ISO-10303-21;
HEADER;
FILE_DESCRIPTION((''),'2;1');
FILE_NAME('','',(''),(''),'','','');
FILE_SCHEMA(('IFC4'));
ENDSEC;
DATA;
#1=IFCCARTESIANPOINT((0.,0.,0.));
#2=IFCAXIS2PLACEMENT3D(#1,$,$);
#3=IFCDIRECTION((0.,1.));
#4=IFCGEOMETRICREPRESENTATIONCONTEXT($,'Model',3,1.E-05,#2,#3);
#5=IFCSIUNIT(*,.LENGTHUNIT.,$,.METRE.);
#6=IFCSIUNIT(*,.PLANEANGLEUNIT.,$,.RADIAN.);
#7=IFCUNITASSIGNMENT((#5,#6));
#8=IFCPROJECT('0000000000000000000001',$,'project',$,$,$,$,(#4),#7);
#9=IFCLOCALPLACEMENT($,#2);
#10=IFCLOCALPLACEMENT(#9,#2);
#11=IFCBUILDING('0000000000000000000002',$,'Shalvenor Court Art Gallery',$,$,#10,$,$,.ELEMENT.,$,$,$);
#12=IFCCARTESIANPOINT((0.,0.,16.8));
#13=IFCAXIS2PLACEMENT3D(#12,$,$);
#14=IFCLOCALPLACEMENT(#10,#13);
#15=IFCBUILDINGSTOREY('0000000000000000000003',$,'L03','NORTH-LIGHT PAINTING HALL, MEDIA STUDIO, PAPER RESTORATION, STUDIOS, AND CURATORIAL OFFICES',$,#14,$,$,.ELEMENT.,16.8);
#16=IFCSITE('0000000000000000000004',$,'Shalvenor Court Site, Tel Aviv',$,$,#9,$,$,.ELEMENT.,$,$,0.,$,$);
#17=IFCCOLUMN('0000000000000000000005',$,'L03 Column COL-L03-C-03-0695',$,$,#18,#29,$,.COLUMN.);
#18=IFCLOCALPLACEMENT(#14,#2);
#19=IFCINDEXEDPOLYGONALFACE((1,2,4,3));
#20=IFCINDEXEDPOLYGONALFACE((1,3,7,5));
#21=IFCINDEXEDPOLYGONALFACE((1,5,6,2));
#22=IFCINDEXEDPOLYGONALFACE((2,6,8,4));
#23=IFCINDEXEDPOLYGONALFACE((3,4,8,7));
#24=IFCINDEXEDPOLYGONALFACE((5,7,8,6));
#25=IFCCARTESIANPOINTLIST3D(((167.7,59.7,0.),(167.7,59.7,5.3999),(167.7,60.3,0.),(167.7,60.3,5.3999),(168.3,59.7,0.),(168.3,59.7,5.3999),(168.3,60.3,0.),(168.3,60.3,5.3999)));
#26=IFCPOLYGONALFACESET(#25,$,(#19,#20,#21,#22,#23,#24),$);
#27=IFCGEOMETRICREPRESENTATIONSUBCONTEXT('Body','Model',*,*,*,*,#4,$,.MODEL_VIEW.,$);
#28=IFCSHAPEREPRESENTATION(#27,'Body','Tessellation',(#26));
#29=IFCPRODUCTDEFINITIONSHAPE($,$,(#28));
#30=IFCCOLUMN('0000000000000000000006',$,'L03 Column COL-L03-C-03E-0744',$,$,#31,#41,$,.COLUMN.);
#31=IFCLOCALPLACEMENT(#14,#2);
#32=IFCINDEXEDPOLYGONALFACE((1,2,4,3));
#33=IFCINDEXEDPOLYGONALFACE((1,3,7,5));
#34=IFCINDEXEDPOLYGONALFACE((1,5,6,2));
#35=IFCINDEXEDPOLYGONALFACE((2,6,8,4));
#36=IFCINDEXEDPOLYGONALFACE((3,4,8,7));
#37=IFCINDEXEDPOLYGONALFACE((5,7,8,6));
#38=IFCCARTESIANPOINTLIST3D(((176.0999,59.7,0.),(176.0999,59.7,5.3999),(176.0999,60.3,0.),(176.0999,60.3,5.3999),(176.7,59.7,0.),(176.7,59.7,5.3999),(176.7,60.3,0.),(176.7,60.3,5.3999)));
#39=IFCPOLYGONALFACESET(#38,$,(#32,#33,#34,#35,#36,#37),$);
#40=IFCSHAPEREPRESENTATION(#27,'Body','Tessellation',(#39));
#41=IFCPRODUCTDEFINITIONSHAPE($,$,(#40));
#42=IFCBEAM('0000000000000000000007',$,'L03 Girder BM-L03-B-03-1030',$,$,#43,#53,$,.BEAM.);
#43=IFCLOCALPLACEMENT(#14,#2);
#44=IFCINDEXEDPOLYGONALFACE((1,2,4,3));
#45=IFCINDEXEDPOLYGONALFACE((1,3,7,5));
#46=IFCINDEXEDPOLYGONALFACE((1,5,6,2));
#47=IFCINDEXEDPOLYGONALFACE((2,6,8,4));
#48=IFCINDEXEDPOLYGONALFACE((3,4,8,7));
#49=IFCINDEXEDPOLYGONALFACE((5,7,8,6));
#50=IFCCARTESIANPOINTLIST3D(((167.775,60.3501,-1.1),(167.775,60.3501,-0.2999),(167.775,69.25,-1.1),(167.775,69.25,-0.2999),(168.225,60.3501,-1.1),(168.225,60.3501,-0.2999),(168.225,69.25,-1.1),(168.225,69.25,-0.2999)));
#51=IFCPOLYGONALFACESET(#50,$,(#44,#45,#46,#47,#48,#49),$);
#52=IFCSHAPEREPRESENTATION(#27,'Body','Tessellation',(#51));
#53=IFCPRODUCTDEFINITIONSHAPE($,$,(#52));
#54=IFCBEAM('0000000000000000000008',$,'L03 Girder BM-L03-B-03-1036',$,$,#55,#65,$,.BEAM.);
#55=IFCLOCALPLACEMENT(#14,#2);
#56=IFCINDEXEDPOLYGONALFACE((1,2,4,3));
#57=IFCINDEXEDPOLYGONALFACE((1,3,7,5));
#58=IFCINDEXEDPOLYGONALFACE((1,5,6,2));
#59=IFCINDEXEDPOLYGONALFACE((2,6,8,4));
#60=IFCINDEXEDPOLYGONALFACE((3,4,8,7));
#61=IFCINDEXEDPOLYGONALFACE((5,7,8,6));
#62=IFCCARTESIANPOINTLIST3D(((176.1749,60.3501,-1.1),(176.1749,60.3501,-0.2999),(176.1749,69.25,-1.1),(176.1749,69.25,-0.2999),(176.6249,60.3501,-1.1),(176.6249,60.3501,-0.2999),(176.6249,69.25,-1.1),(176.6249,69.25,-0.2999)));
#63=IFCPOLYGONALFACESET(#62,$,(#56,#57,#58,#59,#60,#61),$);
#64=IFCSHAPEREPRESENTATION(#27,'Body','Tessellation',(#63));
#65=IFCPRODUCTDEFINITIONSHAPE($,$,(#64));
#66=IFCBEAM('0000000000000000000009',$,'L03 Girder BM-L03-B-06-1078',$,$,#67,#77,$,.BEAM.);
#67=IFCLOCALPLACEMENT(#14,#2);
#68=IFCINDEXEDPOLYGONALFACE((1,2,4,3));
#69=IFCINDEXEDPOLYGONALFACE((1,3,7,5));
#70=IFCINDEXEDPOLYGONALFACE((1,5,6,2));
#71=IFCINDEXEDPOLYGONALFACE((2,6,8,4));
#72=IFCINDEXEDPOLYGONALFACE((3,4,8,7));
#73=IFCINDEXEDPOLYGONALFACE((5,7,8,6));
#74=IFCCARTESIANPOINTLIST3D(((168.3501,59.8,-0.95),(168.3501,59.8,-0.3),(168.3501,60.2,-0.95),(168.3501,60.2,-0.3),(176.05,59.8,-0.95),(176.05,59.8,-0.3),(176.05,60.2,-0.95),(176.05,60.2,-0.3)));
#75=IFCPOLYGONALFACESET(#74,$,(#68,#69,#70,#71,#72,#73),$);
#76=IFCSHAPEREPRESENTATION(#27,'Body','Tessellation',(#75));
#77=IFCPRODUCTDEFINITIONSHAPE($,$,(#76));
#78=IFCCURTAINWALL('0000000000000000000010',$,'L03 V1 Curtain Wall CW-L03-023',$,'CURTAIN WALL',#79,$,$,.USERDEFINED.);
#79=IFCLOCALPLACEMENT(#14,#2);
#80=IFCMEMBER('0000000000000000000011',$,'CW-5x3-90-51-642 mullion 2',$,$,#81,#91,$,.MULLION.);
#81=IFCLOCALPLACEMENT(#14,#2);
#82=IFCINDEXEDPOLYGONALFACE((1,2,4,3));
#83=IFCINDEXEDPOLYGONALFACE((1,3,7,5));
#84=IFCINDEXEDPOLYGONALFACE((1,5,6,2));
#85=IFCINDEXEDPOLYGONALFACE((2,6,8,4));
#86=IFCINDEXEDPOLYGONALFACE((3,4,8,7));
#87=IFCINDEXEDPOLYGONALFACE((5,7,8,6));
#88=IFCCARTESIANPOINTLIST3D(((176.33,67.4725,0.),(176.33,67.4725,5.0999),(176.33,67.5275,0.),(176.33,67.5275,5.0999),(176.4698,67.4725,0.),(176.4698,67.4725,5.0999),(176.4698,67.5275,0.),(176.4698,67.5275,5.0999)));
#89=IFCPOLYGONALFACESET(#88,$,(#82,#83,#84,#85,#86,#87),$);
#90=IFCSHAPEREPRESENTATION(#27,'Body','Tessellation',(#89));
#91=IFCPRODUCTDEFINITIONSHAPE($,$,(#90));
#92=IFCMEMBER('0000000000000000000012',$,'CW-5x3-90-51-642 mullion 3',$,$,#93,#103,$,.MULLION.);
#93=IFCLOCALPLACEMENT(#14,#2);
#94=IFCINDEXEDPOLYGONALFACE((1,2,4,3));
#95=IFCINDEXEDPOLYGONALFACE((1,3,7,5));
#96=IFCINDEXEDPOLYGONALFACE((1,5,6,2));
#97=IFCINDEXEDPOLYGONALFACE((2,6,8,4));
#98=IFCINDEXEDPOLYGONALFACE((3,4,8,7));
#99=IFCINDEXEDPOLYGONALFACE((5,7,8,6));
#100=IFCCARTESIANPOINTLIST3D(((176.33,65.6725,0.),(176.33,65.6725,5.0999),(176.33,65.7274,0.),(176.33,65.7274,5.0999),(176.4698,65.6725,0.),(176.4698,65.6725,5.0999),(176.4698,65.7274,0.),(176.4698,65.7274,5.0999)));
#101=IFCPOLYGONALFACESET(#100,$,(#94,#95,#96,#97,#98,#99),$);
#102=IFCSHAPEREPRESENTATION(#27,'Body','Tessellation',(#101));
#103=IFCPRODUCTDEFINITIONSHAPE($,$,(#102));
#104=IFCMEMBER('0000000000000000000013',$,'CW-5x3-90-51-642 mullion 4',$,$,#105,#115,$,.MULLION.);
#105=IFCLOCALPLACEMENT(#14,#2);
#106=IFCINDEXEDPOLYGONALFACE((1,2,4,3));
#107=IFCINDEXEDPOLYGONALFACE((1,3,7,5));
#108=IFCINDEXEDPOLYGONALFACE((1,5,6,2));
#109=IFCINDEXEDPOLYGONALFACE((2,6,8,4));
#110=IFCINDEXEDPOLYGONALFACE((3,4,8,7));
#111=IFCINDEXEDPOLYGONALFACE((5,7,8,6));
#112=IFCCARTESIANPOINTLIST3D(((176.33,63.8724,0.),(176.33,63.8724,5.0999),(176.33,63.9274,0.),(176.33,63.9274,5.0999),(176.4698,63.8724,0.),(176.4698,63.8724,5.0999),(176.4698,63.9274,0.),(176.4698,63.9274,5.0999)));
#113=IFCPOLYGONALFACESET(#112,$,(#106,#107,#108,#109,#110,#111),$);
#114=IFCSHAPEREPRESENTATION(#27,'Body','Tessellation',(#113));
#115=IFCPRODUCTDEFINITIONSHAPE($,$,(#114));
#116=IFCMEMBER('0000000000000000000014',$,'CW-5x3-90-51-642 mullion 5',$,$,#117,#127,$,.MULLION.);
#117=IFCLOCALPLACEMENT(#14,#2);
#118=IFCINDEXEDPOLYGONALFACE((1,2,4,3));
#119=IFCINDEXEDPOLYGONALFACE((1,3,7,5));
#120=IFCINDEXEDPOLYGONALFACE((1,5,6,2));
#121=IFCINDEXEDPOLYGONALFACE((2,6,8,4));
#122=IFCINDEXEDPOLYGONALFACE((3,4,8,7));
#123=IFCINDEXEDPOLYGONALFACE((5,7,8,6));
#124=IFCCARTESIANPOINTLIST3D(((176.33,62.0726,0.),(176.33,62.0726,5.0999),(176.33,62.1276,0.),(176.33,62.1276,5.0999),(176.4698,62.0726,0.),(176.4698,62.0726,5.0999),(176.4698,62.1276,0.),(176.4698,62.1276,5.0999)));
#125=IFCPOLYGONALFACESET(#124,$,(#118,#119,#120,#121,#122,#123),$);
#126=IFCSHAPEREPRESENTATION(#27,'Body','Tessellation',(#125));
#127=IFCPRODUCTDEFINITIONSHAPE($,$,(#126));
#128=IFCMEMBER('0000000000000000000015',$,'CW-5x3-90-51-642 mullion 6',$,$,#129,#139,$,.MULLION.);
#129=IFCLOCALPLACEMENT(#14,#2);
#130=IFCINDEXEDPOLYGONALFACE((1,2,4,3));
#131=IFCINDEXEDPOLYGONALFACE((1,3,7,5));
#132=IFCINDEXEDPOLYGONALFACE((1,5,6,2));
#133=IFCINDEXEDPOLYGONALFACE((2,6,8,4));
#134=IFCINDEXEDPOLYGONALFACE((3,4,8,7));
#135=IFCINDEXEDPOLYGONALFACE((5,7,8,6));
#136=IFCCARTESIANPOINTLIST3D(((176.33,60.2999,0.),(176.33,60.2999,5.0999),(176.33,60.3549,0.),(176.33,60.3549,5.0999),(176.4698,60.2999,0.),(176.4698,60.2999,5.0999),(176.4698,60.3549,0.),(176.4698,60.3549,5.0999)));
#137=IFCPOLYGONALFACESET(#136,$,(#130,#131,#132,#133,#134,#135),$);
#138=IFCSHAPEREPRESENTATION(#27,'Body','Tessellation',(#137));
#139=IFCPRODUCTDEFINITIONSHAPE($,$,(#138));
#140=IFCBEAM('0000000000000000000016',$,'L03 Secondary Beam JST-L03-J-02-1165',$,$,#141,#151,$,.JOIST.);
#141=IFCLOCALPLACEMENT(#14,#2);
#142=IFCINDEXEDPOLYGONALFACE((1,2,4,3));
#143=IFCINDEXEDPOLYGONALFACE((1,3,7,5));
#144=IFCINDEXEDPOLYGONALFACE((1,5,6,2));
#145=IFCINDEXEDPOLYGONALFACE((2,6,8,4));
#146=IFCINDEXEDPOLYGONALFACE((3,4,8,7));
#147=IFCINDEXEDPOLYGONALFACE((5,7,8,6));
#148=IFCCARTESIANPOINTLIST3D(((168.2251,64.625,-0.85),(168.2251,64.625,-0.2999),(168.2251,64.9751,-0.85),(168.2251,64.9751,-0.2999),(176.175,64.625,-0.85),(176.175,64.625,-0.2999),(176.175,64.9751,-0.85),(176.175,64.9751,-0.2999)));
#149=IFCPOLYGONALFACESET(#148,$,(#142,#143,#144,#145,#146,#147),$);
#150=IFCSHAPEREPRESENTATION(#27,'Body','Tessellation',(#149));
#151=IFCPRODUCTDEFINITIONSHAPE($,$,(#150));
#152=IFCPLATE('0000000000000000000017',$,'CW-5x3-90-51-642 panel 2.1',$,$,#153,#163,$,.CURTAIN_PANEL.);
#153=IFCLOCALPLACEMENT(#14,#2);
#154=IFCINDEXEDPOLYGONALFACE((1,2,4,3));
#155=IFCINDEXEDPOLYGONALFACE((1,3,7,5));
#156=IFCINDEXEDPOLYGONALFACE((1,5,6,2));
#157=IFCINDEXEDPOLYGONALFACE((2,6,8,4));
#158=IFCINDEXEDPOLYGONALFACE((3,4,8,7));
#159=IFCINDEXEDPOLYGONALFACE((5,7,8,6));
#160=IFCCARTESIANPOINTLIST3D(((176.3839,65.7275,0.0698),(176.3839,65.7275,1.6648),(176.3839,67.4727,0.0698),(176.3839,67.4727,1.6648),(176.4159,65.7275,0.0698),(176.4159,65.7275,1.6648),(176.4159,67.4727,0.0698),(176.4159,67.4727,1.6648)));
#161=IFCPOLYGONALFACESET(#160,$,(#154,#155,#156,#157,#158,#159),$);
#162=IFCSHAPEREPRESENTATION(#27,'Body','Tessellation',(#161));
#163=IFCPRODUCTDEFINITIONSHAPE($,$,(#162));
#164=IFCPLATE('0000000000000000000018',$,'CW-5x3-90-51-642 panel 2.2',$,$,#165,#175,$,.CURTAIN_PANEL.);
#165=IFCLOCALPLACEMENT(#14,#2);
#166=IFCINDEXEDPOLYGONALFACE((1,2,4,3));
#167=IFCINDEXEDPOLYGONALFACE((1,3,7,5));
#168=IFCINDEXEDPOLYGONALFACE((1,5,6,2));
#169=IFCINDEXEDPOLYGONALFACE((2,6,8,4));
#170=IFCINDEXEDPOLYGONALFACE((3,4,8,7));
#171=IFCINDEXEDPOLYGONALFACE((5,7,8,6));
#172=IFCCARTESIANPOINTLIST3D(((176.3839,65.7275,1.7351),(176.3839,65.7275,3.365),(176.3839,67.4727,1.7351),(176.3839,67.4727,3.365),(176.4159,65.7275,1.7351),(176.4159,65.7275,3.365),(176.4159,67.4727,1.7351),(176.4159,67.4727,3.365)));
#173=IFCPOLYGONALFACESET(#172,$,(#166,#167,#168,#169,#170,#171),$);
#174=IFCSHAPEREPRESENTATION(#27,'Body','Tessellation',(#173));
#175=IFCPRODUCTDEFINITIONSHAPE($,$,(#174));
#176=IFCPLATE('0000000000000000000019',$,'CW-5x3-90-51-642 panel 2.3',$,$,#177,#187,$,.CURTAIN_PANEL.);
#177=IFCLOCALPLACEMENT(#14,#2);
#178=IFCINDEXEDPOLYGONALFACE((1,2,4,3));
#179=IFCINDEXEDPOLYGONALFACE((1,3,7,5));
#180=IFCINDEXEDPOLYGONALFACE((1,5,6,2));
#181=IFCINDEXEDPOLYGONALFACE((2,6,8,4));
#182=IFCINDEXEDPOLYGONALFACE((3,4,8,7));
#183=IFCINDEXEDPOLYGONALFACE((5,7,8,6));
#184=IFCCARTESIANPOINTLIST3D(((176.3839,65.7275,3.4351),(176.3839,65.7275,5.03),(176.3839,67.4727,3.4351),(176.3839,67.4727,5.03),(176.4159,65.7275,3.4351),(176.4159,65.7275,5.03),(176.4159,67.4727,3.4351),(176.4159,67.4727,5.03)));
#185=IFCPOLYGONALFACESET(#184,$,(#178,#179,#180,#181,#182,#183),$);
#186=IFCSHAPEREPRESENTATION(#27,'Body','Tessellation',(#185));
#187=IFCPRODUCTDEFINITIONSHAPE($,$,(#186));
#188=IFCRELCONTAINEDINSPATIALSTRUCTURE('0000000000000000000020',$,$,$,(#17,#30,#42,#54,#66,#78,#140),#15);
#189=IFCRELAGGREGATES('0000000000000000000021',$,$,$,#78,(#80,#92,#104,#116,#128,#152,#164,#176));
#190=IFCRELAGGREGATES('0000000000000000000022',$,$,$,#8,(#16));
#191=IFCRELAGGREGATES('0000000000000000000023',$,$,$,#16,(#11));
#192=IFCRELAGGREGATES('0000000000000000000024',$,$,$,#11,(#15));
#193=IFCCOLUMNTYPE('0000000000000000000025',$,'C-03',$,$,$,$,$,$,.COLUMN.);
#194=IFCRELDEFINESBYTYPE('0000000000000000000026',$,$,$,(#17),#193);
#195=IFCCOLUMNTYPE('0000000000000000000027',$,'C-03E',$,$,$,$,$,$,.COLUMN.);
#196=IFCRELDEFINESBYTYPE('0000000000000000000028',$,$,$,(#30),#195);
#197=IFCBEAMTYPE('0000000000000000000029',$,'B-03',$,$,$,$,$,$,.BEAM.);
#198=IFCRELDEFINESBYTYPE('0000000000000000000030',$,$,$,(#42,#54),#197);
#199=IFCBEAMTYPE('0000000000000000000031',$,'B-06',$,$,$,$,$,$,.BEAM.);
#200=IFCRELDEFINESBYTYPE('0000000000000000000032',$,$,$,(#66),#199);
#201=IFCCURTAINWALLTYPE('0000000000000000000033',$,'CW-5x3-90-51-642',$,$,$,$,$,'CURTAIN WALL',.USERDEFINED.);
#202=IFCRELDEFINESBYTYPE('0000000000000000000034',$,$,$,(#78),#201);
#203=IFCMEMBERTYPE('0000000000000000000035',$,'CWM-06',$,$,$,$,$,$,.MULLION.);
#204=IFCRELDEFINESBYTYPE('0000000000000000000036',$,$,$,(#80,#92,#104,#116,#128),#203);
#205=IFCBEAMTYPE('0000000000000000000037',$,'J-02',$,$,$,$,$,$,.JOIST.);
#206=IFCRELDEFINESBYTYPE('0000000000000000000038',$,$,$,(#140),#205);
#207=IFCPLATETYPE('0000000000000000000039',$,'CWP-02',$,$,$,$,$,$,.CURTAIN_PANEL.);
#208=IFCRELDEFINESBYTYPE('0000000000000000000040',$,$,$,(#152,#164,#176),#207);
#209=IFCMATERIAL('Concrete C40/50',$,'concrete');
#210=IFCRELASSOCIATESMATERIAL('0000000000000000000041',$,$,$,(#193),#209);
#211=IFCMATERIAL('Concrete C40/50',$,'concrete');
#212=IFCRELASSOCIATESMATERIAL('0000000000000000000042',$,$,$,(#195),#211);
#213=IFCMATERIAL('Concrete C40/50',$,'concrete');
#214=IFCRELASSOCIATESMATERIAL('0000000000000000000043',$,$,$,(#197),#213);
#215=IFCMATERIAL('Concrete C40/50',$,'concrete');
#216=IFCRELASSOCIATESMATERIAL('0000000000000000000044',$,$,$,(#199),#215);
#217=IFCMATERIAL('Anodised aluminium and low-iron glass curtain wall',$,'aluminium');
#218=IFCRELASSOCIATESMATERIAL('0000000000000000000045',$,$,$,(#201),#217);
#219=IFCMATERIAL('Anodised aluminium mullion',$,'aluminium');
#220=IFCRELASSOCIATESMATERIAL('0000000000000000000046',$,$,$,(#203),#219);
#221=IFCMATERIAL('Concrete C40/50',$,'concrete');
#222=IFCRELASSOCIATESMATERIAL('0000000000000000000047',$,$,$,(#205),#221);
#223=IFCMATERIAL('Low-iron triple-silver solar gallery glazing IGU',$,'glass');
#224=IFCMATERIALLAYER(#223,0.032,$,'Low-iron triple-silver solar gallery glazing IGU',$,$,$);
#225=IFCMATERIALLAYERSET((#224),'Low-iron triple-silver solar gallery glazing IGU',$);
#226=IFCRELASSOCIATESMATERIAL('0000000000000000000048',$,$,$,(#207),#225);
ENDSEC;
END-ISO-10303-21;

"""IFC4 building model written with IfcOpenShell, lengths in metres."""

from ifc_helpers import new_model, si_unit, direction, frame, origin, origin_2d, place, context, subcontext, project, spatial, rectangle, extrude, material, layer, layer_set, material_profile, profile_set, type_object, element, aggregate, save


model = new_model("IFC4")

# Units and contexts
model_context = context("Model", 3, precision=1e-05, world=origin(), true_north=direction((0.0, 1.0)))
body_context = subcontext(model_context, "Body", "Model", "MODEL_VIEW")
ifc_project = project(units=[si_unit("LENGTHUNIT", "METRE"), si_unit("PLANEANGLEUNIT", "RADIAN")], contexts=[model_context])

# Site, building, storey
site_placement = place(None, origin())
site = spatial("IfcSite", under=ifc_project, at=site_placement, Name="Shalvenor Court Site, Tel Aviv", CompositionType="ELEMENT", RefElevation=0.0)
building_placement = place(site_placement, origin())
building = spatial("IfcBuilding", under=site, at=building_placement, Name="Shalvenor Court Art Gallery", CompositionType="ELEMENT")
storey_placement = place(building_placement, frame((0.0, 0.0, 16.8)))
storey = spatial("IfcBuildingStorey", under=building, at=storey_placement, Name="L03", Description="NORTH-LIGHT PAINTING HALL, MEDIA STUDIO, PAPER RESTORATION, STUDIOS, AND CURATORIAL OFFICES", CompositionType="ELEMENT", Elevation=16.8)

# Columns
ifc_material_1 = material(Name="Concrete C40/50", Category="concrete")
ifc_material_profile_1 = material_profile(ifc_material_1, rectangle(XDim=0.6001, YDim=0.6001, at=origin_2d()), Name="RC 600x600")
ifc_profile_set_1 = profile_set([ifc_material_profile_1], Name="Concrete C40/50")
column_type_1 = type_object("IfcColumnType", Name="C-03", PredefinedType="COLUMN", material=ifc_profile_set_1)
column_1_placement = place(storey_placement, frame((168.0, 60.0, 0.0), z_axis=(0.0, 0.0, 1.0), x_axis=(1.0, 0.0, 0.0)))
element("IfcColumn", 1, at=column_1_placement, inside=storey, type_object=column_type_1, Name="L03 Column COL-L03-C-03-0695", PredefinedType="COLUMN", context=body_context, shape_type="SweptSolid", body=[
    extrude(rectangle(XDim=0.6001, YDim=0.6001, at=origin_2d()), origin(), (0.0, 0.0, 1.0), 5.3999),
])
ifc_material_2 = material(Name="Concrete C40/50", Category="concrete")
ifc_material_profile_2 = material_profile(ifc_material_2, rectangle(XDim=0.6001, YDim=0.6001, at=origin_2d()), Name="RC 600x600")
ifc_profile_set_2 = profile_set([ifc_material_profile_2], Name="Concrete C40/50")
column_type_2 = type_object("IfcColumnType", Name="C-03E", PredefinedType="COLUMN", material=ifc_profile_set_2)
column_2_placement = place(storey_placement, frame((176.3999, 60.0, 0.0), z_axis=(0.0, 0.0, 1.0), x_axis=(1.0, 0.0, 0.0)))
element("IfcColumn", 2, at=column_2_placement, inside=storey, type_object=column_type_2, Name="L03 Column COL-L03-C-03E-0744", PredefinedType="COLUMN", context=body_context, shape_type="SweptSolid", body=[
    extrude(rectangle(XDim=0.6001, YDim=0.6001, at=origin_2d()), origin(), (0.0, 0.0, 1.0), 5.3999),
])

# Beams
ifc_material_3 = material(Name="Concrete C40/50", Category="concrete")
ifc_material_profile_3 = material_profile(ifc_material_3, rectangle(XDim=0.45, YDim=0.8, at=origin_2d()), Name="RC 450x800")
ifc_profile_set_3 = profile_set([ifc_material_profile_3], Name="Concrete C40/50")
beam_type_1 = type_object("IfcBeamType", Name="B-03", PredefinedType="BEAM", material=ifc_profile_set_3)
for number, where, z_axis, x_axis, name in (
    (3, (168.0, 60.3501, -0.7), (0.0, 1.0, 0.0), (-1.0, 0.0, 0.0), "L03 Girder BM-L03-B-03-1030"),
    (4, (176.3999, 60.3501, -0.7), (0.0, 1.0, 0.0), (-1.0, 0.0, 0.0), "L03 Girder BM-L03-B-03-1036"),
):
    element("IfcBeam", number, at=place(storey_placement, frame(where, z_axis=z_axis, x_axis=x_axis)), inside=storey, type_object=beam_type_1, Name=name, PredefinedType="BEAM", context=body_context, shape_type="SweptSolid", body=[
        extrude(rectangle(XDim=0.45, YDim=0.8, at=origin_2d()), origin(), (0.0, 0.0, 1.0), 8.8999),
    ])
ifc_material_4 = material(Name="Concrete C40/50", Category="concrete")
ifc_material_profile_4 = material_profile(ifc_material_4, rectangle(XDim=0.3999, YDim=0.6499, at=origin_2d()), Name="RC 400x650")
ifc_profile_set_4 = profile_set([ifc_material_profile_4], Name="Concrete C40/50")
beam_type_2 = type_object("IfcBeamType", Name="B-06", PredefinedType="BEAM", material=ifc_profile_set_4)
beam_1_placement = place(storey_placement, frame((168.3501, 60.0, -0.625), z_axis=(1.0, 0.0, 0.0), x_axis=(0.0, 1.0, 0.0)))
element("IfcBeam", 5, at=beam_1_placement, inside=storey, type_object=beam_type_2, Name="L03 Girder BM-L03-B-06-1078", PredefinedType="BEAM", context=body_context, shape_type="SweptSolid", body=[
    extrude(rectangle(XDim=0.3999, YDim=0.6499, at=origin_2d()), origin(), (0.0, 0.0, 1.0), 7.7),
])

# Curtain wall, members
ifc_material_5 = material(Name="Anodised aluminium and low-iron glass curtain wall", Category="aluminium")
curtain_wall_type = type_object("IfcCurtainWallType", Name="CW-5x3-90-51-642", ElementType="CURTAIN WALL", PredefinedType="USERDEFINED", material=ifc_material_5)
curtain_wall_placement = place(storey_placement, origin())
curtain_wall = element("IfcCurtainWall", 6, at=curtain_wall_placement, inside=storey, type_object=curtain_wall_type, Name="L03 V1 Curtain Wall CW-L03-023", ObjectType="CURTAIN WALL", PredefinedType="USERDEFINED")
ifc_material_6 = material(Name="Anodised aluminium mullion", Category="aluminium")
ifc_material_profile_5 = material_profile(ifc_material_6, rectangle(XDim=0.0549, YDim=0.1399, at=origin_2d()), Name="CWM-06")
ifc_profile_set_5 = profile_set([ifc_material_profile_5], Name="Anodised aluminium mullion")
member_type = type_object("IfcMemberType", Name="CWM-06", PredefinedType="MULLION", material=ifc_profile_set_5)
member_1_placement = place(storey_placement, frame((176.3999, 67.5, 0.0), z_axis=(0.0, 0.0, 1.0), x_axis=(0.0, -1.0, 0.0)))
member_1 = element("IfcMember", 7, at=member_1_placement, type_object=member_type, Name="CW-5x3-90-51-642 mullion 2", PredefinedType="MULLION", context=body_context, shape_type="SweptSolid", body=[
    extrude(rectangle(XDim=0.0549, YDim=0.1399, at=origin_2d()), origin(), (0.0, 0.0, 1.0), 5.0999),
])
member_2_placement = place(storey_placement, frame((176.3999, 65.7, 0.0), z_axis=(0.0, 0.0, 1.0), x_axis=(0.0, -1.0, 0.0)))
member_2 = element("IfcMember", 8, at=member_2_placement, type_object=member_type, Name="CW-5x3-90-51-642 mullion 3", PredefinedType="MULLION", context=body_context, shape_type="SweptSolid", body=[
    extrude(rectangle(XDim=0.0549, YDim=0.1399, at=origin_2d()), origin(), (0.0, 0.0, 1.0), 5.0999),
])
member_3_placement = place(storey_placement, frame((176.3999, 63.8999, 0.0), z_axis=(0.0, 0.0, 1.0), x_axis=(0.0, -1.0, 0.0)))
member_3 = element("IfcMember", 9, at=member_3_placement, type_object=member_type, Name="CW-5x3-90-51-642 mullion 4", PredefinedType="MULLION", context=body_context, shape_type="SweptSolid", body=[
    extrude(rectangle(XDim=0.0549, YDim=0.1399, at=origin_2d()), origin(), (0.0, 0.0, 1.0), 5.0999),
])
member_4_placement = place(storey_placement, frame((176.3999, 62.1001, 0.0), z_axis=(0.0, 0.0, 1.0), x_axis=(0.0, -1.0, 0.0)))
member_4 = element("IfcMember", 10, at=member_4_placement, type_object=member_type, Name="CW-5x3-90-51-642 mullion 5", PredefinedType="MULLION", context=body_context, shape_type="SweptSolid", body=[
    extrude(rectangle(XDim=0.0549, YDim=0.1399, at=origin_2d()), origin(), (0.0, 0.0, 1.0), 5.0999),
])
member_5_placement = place(storey_placement, frame((176.3999, 60.3274, 0.0), z_axis=(0.0, 0.0, 1.0), x_axis=(0.0, -1.0, 0.0)))
member_5 = element("IfcMember", 11, at=member_5_placement, type_object=member_type, Name="CW-5x3-90-51-642 mullion 6", PredefinedType="MULLION", context=body_context, shape_type="SweptSolid", body=[
    extrude(rectangle(XDim=0.0549, YDim=0.1399, at=origin_2d()), origin(), (0.0, 0.0, 1.0), 5.0999),
])

# Beam
ifc_material_7 = material(Name="Concrete C40/50", Category="concrete")
ifc_material_profile_6 = material_profile(ifc_material_7, rectangle(XDim=0.3501, YDim=0.55, at=origin_2d()), Name="RC 350x550")
ifc_profile_set_6 = profile_set([ifc_material_profile_6], Name="Concrete C40/50")
beam_type_3 = type_object("IfcBeamType", Name="J-02", PredefinedType="JOIST", material=ifc_profile_set_6)
beam_2_placement = place(storey_placement, frame((168.2251, 64.8, -0.575), z_axis=(1.0, 0.0, 0.0), x_axis=(0.0, 1.0, 0.0)))
element("IfcBeam", 12, at=beam_2_placement, inside=storey, type_object=beam_type_3, Name="L03 Secondary Beam JST-L03-J-02-1165", PredefinedType="JOIST", context=body_context, shape_type="SweptSolid", body=[
    extrude(rectangle(XDim=0.3501, YDim=0.55, at=origin_2d()), origin(), (0.0, 0.0, 1.0), 7.95),
])

# Plates
ifc_material_8 = material(Name="Low-iron triple-silver solar gallery glazing IGU", Category="glass")
ifc_layer_1 = layer(ifc_material_8, 0.032, Name="Low-iron triple-silver solar gallery glazing IGU")
ifc_layer_set_1 = layer_set([ifc_layer_1], Name="Low-iron triple-silver solar gallery glazing IGU")
plate_type_1 = type_object("IfcPlateType", Name="CWP-02", PredefinedType="CURTAIN_PANEL", material=ifc_layer_set_1)
plate_1_placement = place(storey_placement, frame((176.3999, 66.6001, 0.0698), z_axis=(0.0, 0.0, 1.0), x_axis=(0.0, -1.0, 0.0)))
plate_1 = element("IfcPlate", 13, at=plate_1_placement, type_object=plate_type_1, Name="CW-5x3-90-51-642 panel 2.1", PredefinedType="CURTAIN_PANEL", context=body_context, shape_type="SweptSolid", body=[
    extrude(rectangle(XDim=1.7451, YDim=0.032, at=origin_2d()), origin(), (0.0, 0.0, 1.0), 1.595),
])
plate_2_placement = place(storey_placement, frame((176.3999, 66.6001, 1.7351), z_axis=(0.0, 0.0, 1.0), x_axis=(0.0, -1.0, 0.0)))
plate_2 = element("IfcPlate", 14, at=plate_2_placement, type_object=plate_type_1, Name="CW-5x3-90-51-642 panel 2.2", PredefinedType="CURTAIN_PANEL", context=body_context, shape_type="SweptSolid", body=[
    extrude(rectangle(XDim=1.7451, YDim=0.032, at=origin_2d()), origin(), (0.0, 0.0, 1.0), 1.6299),
])
plate_3_placement = place(storey_placement, frame((176.3999, 66.6001, 3.4351), z_axis=(0.0, 0.0, 1.0), x_axis=(0.0, -1.0, 0.0)))
plate_3 = element("IfcPlate", 15, at=plate_3_placement, type_object=plate_type_1, Name="CW-5x3-90-51-642 panel 2.3", PredefinedType="CURTAIN_PANEL", context=body_context, shape_type="SweptSolid", body=[
    extrude(rectangle(XDim=1.7451, YDim=0.032, at=origin_2d()), origin(), (0.0, 0.0, 1.0), 1.595),
])
aggregate(curtain_wall, [member_1, member_2, member_3, member_4, member_5, plate_1, plate_2, plate_3])

save(model, "model.ifc")
